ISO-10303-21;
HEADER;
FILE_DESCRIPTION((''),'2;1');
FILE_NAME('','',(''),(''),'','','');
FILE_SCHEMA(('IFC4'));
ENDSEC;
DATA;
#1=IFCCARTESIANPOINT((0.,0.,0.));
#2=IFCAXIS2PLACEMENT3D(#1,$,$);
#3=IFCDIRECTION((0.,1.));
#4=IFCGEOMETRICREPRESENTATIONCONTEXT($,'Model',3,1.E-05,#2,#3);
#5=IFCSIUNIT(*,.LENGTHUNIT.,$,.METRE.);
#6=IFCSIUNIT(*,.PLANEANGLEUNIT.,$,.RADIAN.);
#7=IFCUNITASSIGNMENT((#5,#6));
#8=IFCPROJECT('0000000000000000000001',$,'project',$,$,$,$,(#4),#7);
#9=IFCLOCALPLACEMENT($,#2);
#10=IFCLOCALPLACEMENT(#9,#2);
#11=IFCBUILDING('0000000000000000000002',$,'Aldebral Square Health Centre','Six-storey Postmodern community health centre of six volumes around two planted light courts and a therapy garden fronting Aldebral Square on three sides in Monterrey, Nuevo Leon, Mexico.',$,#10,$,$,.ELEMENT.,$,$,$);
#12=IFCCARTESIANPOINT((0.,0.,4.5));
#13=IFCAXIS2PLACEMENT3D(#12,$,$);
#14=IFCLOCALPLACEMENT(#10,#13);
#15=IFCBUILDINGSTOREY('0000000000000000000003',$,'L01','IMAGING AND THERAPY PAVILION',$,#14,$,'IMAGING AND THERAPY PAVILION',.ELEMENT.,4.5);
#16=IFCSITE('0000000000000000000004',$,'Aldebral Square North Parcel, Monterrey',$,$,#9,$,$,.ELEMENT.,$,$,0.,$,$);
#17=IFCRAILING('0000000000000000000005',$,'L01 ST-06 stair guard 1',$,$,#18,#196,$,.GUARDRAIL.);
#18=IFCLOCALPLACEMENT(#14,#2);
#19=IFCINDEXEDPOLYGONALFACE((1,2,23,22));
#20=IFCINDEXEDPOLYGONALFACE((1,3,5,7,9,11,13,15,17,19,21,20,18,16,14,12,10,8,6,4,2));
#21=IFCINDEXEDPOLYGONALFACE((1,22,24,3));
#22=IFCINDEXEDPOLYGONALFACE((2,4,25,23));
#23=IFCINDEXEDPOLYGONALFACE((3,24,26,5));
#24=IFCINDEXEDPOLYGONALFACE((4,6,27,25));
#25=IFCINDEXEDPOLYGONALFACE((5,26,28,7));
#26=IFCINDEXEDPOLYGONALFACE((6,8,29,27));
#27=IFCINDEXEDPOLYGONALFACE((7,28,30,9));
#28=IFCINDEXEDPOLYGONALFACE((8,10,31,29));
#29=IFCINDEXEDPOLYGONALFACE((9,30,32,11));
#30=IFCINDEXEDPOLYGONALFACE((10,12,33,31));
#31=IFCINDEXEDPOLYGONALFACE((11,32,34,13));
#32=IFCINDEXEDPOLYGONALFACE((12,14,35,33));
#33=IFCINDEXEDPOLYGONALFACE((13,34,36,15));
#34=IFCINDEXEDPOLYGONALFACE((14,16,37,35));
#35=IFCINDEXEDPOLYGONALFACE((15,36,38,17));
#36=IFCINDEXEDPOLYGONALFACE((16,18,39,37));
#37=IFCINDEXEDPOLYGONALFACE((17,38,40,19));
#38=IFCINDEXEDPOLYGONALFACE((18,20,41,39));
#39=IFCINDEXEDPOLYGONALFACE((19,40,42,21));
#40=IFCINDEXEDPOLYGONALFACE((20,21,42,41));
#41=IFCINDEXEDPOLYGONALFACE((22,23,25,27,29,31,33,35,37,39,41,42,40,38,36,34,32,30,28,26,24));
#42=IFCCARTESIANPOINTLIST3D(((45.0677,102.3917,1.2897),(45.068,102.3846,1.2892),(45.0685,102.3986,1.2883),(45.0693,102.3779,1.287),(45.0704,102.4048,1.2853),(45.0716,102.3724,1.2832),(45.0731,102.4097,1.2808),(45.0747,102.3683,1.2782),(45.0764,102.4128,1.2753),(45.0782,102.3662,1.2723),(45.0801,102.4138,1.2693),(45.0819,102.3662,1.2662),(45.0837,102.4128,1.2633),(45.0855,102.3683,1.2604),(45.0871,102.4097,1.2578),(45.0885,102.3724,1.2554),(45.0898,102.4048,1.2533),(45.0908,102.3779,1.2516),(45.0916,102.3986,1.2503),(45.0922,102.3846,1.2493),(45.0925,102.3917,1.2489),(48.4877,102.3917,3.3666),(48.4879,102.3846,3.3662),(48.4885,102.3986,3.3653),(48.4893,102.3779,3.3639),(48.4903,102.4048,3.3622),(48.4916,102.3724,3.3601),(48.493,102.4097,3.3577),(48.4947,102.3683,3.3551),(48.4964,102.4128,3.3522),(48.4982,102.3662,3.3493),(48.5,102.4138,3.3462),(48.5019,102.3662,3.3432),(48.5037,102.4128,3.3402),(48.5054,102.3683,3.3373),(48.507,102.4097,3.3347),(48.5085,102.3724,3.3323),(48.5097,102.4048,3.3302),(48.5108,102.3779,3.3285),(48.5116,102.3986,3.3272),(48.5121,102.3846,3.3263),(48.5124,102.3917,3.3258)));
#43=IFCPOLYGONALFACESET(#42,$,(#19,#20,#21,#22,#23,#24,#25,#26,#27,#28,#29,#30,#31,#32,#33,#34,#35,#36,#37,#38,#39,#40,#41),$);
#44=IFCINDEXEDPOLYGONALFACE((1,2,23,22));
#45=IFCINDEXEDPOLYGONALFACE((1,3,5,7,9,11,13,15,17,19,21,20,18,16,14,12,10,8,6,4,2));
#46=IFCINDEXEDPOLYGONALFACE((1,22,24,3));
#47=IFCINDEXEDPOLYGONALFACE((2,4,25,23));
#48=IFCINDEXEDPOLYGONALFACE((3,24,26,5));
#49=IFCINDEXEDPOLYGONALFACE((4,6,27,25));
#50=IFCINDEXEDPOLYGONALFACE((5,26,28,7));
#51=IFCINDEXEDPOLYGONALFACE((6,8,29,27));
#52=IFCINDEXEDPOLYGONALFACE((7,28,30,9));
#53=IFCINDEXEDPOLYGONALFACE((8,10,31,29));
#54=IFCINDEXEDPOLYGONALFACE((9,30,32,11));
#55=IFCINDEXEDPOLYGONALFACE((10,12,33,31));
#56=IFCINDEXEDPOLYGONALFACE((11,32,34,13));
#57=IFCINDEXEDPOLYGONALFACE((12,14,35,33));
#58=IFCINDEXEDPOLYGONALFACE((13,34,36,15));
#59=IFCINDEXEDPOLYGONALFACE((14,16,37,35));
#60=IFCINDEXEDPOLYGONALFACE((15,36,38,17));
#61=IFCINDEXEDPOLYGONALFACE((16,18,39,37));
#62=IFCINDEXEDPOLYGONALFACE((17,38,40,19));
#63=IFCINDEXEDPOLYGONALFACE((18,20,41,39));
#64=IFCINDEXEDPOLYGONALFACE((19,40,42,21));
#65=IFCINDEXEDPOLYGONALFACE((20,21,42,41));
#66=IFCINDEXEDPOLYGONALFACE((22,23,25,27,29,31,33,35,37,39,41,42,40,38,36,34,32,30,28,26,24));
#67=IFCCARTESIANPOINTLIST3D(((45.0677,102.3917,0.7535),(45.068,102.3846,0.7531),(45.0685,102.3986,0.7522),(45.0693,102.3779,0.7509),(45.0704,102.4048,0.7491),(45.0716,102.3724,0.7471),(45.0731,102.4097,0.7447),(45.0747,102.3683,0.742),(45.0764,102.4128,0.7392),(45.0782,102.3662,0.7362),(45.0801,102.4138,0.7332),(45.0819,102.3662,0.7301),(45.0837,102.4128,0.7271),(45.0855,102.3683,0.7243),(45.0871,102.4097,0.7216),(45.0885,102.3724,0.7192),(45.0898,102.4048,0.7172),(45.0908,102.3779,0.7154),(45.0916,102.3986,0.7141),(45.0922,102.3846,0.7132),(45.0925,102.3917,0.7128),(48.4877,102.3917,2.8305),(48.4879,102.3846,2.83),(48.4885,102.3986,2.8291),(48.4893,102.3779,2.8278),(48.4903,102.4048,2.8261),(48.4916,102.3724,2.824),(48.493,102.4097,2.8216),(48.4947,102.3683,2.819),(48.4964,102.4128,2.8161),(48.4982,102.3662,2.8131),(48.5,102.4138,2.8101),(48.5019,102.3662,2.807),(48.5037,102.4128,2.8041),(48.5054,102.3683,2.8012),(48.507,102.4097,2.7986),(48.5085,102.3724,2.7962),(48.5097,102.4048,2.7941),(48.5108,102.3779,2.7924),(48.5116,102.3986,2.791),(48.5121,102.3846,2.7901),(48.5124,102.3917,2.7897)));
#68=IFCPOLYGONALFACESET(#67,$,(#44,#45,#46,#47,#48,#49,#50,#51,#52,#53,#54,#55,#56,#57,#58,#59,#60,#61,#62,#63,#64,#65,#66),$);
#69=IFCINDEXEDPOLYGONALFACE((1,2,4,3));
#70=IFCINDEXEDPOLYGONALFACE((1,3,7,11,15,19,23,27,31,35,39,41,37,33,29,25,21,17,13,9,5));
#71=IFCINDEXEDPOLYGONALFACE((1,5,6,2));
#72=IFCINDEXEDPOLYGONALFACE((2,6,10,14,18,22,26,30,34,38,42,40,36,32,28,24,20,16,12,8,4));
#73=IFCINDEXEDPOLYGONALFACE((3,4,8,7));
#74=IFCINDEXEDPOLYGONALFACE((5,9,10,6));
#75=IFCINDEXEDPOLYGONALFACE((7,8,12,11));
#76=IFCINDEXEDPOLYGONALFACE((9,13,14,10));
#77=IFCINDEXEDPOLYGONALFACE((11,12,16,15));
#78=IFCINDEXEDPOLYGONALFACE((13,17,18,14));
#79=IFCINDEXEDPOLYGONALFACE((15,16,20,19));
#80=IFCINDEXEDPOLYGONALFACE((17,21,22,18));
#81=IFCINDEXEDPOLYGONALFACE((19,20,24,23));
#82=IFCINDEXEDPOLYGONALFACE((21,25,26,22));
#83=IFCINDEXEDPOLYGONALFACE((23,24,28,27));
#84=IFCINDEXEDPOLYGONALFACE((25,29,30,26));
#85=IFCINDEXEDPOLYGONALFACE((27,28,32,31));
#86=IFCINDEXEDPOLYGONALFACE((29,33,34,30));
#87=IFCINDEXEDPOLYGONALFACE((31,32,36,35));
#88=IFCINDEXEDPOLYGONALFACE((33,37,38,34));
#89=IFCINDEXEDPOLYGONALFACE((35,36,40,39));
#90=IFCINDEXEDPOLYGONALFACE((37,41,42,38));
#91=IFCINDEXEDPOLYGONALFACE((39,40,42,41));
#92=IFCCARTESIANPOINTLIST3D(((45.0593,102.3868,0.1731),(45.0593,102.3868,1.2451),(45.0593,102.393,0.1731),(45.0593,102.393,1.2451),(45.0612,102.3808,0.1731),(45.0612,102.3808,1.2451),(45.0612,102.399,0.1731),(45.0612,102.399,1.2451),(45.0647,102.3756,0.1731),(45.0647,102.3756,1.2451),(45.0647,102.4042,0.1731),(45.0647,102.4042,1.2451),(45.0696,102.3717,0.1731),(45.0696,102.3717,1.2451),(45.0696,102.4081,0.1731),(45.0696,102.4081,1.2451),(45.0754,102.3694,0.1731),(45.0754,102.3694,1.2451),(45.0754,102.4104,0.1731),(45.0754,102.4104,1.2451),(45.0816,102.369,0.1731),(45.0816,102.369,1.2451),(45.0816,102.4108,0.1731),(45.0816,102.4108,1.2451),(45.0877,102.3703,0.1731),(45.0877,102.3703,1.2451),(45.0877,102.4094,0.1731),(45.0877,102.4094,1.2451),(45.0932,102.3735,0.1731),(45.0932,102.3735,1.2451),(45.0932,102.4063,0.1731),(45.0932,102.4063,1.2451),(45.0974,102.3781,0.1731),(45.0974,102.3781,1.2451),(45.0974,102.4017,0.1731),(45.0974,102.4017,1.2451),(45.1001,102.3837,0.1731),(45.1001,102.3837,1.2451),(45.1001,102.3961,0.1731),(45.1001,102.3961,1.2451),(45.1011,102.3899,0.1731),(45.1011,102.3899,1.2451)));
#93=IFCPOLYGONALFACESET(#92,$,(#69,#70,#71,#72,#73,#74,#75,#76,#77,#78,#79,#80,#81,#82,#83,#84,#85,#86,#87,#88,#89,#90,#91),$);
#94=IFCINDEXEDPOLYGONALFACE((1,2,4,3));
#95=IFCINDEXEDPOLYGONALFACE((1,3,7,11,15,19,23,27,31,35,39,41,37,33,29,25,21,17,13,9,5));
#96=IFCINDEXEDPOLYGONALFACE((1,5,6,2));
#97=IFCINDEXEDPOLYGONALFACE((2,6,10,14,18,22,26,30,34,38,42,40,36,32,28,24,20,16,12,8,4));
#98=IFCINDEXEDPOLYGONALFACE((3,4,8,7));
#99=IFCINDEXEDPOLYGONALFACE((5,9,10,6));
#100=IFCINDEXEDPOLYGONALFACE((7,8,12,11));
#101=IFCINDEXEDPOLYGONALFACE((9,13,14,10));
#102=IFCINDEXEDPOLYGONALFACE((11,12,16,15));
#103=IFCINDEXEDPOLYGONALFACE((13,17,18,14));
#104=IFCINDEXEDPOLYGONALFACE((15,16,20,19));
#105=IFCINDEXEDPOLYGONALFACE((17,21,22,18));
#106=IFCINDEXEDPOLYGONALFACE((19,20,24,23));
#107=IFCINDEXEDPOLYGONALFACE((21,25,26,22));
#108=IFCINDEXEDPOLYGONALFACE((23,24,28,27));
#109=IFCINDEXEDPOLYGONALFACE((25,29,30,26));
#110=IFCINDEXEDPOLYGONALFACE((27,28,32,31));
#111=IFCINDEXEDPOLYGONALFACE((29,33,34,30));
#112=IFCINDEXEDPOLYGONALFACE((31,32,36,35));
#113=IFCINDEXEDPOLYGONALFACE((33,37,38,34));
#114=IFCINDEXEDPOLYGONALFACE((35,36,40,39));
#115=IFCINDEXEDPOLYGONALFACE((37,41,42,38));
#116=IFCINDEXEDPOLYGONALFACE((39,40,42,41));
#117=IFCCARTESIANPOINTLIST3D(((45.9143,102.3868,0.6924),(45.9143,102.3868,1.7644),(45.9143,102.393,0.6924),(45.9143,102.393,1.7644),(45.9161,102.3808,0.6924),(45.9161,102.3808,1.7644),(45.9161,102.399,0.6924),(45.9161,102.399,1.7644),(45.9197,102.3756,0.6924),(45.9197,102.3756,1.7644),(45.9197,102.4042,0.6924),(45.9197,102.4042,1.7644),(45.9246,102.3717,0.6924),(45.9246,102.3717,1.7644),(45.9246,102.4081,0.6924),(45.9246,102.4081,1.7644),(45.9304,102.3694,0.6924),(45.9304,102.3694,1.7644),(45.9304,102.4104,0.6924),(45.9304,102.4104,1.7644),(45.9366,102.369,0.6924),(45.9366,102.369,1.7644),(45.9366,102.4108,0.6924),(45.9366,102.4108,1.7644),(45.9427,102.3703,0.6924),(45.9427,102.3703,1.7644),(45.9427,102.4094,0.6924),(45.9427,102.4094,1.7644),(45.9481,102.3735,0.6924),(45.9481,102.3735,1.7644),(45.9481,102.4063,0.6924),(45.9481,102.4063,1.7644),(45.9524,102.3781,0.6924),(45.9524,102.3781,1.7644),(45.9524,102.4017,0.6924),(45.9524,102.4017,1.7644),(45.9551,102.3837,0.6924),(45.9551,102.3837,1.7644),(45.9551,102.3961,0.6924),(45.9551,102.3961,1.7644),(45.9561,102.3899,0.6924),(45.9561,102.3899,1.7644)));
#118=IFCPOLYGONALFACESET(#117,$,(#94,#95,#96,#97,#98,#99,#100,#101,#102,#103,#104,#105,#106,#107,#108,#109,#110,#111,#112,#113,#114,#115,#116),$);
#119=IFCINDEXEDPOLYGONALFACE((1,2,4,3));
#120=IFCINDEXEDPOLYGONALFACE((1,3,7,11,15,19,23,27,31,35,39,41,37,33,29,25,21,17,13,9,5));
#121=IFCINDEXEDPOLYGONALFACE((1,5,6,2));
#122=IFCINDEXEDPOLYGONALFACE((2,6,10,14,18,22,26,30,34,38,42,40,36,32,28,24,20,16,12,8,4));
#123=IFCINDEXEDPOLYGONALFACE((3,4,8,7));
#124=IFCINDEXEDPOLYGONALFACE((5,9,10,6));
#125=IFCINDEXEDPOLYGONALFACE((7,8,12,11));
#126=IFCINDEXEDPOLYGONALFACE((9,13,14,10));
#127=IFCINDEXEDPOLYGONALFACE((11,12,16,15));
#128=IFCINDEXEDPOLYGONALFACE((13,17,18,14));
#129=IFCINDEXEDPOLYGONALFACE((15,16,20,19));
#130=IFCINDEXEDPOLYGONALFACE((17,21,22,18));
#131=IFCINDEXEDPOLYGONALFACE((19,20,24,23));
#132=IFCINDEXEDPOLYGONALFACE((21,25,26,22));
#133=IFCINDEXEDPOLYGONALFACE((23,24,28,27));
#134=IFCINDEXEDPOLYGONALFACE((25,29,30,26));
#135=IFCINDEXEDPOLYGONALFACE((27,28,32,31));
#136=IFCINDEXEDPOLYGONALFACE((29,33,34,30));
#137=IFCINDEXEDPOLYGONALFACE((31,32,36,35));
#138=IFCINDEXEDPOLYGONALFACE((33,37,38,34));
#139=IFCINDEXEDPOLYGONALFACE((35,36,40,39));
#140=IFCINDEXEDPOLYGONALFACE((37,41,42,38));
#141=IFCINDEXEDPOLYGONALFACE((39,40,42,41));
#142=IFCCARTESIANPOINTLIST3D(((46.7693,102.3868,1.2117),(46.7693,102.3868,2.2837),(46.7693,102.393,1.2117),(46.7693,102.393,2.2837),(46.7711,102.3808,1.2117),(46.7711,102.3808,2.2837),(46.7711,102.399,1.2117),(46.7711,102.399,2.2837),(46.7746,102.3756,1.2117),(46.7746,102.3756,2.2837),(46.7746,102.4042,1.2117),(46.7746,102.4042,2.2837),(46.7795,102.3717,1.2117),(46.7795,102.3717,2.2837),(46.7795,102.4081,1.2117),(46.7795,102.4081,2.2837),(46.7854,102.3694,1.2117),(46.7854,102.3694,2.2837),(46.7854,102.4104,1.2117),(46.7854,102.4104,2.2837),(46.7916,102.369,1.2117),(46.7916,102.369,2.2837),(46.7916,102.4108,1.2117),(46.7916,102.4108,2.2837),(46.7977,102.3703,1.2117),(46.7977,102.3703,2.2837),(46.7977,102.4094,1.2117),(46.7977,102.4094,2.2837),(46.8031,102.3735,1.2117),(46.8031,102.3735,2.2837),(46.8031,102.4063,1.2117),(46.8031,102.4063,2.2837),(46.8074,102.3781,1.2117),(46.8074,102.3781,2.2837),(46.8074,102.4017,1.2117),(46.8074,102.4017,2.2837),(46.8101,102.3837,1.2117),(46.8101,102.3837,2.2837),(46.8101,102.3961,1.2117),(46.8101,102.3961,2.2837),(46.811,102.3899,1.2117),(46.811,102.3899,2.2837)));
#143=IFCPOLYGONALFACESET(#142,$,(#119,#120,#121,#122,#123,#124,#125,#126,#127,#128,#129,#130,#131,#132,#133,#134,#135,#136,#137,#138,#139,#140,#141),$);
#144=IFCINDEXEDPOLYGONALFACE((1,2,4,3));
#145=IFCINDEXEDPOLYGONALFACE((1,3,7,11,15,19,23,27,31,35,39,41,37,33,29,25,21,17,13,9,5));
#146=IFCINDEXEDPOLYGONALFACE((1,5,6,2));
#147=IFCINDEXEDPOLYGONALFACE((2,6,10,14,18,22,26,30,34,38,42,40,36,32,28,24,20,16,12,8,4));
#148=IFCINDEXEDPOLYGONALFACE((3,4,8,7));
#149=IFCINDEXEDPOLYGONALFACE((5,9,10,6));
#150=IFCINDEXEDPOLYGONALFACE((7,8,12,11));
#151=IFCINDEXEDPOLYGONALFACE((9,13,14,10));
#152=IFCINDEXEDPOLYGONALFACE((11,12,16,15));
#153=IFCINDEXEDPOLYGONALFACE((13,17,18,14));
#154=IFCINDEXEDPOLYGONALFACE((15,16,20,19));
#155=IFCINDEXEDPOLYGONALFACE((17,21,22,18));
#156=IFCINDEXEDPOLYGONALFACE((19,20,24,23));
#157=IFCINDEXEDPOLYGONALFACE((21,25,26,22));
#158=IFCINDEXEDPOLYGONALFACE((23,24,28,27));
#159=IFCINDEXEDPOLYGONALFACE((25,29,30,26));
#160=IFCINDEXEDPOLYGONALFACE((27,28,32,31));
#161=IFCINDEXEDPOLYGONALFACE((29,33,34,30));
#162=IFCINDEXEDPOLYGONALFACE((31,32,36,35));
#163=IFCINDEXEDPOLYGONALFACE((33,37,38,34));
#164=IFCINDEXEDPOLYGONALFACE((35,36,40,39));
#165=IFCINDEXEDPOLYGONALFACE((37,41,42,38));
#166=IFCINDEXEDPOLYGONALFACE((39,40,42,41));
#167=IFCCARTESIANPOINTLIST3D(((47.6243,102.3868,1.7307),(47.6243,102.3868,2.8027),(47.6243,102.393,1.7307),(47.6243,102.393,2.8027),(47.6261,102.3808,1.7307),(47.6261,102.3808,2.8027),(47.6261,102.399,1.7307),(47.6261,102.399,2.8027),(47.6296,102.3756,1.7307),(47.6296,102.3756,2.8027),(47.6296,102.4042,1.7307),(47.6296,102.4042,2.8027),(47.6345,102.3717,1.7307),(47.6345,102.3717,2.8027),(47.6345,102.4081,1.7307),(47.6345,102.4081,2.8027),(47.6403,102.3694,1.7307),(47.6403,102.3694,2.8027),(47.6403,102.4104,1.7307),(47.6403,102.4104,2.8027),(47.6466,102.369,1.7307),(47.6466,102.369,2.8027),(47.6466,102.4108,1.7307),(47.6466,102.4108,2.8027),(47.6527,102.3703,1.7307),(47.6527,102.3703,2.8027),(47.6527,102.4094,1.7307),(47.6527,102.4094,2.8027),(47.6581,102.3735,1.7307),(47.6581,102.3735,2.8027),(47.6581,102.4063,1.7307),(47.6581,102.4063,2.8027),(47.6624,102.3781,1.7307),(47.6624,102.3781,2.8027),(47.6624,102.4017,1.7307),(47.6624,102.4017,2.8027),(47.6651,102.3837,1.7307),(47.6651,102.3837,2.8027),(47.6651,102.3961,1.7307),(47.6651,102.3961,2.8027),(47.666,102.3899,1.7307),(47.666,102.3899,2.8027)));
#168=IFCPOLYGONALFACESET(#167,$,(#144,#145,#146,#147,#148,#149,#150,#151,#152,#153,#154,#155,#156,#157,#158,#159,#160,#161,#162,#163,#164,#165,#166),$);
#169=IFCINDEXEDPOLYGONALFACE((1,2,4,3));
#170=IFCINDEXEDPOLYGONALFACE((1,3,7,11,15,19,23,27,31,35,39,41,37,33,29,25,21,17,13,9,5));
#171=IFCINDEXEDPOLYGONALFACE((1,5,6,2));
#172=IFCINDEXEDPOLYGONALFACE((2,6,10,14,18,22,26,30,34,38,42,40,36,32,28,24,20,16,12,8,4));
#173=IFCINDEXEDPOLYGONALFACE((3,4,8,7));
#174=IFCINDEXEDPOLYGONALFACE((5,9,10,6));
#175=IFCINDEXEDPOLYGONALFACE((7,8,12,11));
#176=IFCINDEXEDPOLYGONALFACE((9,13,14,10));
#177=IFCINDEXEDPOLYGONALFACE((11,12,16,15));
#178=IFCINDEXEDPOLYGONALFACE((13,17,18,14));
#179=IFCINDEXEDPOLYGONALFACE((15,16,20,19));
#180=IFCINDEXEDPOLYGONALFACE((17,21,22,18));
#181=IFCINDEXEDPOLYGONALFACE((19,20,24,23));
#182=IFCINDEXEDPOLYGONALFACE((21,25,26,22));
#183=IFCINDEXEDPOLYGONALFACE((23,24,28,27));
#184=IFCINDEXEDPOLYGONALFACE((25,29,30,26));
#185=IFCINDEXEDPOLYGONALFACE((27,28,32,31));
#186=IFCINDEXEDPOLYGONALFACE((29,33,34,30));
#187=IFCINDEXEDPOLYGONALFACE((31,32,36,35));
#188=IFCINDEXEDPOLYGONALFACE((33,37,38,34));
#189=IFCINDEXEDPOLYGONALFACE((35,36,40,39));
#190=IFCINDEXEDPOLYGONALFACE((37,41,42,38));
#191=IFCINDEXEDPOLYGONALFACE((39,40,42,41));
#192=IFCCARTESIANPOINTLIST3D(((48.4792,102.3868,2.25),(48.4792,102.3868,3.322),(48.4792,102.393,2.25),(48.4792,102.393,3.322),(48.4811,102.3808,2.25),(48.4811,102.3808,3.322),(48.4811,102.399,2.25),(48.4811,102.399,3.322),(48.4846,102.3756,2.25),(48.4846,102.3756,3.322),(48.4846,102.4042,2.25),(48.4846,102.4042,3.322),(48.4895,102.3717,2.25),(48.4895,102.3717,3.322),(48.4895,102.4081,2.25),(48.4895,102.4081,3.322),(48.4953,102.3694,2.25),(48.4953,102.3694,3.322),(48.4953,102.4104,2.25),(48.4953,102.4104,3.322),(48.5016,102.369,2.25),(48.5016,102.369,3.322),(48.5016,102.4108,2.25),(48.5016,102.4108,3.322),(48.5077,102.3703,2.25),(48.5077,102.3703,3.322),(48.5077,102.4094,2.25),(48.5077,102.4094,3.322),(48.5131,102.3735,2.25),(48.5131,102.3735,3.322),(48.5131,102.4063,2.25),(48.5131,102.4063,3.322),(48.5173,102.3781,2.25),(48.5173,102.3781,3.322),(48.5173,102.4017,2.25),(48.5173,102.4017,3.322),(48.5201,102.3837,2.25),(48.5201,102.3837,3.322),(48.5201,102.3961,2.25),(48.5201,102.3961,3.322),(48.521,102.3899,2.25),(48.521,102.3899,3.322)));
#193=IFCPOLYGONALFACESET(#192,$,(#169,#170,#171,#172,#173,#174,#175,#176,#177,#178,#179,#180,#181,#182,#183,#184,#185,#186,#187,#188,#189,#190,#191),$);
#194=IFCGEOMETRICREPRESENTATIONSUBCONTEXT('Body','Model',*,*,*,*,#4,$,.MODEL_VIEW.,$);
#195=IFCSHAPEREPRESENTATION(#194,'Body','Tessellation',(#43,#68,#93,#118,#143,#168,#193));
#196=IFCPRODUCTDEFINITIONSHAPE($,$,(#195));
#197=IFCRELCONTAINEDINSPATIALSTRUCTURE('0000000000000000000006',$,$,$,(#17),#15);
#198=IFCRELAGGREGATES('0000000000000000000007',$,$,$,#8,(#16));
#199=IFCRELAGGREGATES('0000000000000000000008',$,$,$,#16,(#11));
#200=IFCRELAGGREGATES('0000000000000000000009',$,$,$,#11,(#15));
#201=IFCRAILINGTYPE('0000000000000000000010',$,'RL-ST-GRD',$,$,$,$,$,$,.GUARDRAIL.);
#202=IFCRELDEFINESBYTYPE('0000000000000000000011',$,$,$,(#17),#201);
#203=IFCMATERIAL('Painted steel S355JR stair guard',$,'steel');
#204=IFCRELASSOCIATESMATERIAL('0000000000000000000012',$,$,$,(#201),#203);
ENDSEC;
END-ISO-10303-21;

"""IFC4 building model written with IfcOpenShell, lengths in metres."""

from ifc_helpers import new_model, si_unit, direction, frame, origin, origin_2d, place, context, subcontext, project, spatial, circle, extrude, material, type_object, element, save


model = new_model("IFC4")

# Units and contexts
model_context = context("Model", 3, precision=1e-05, world=origin(), true_north=direction((0.0, 1.0)))
body_context = subcontext(model_context, "Body", "Model", "MODEL_VIEW")
ifc_project = project(units=[si_unit("LENGTHUNIT", "METRE"), si_unit("PLANEANGLEUNIT", "RADIAN")], contexts=[model_context])

# Site, building, storey
site_placement = place(None, origin())
site = spatial("IfcSite", under=ifc_project, at=site_placement, Name="Aldebral Square North Parcel, Monterrey", CompositionType="ELEMENT", RefElevation=0.0)
building_placement = place(site_placement, origin())
building = spatial("IfcBuilding", under=site, at=building_placement, Name="Aldebral Square Health Centre", Description="Six-storey Postmodern community health centre of six volumes around two planted light courts and a therapy garden fronting Aldebral Square on three sides in Monterrey, Nuevo Leon, Mexico.", CompositionType="ELEMENT")
storey_placement = place(building_placement, frame((0.0, 0.0, 4.5)))
storey = spatial("IfcBuildingStorey", under=building, at=storey_placement, Name="L01", Description="IMAGING AND THERAPY PAVILION", LongName="IMAGING AND THERAPY PAVILION", CompositionType="ELEMENT", Elevation=4.5)

# Railing
ifc_material_1 = material(Name="Painted steel S355JR stair guard", Category="steel")
railing_type_1 = type_object("IfcRailingType", Name="RL-ST-GRD", PredefinedType="GUARDRAIL", material=ifc_material_1)
railing_1_placement = place(storey_placement, frame((45.0801, 102.3899, 0.1731)))
element("IfcRailing", 1, at=railing_1_placement, inside=storey, type_object=railing_type_1, Name="L01 ST-06 stair guard 1", PredefinedType="GUARDRAIL", context=body_context, shape_type="SweptSolid", body=[
    extrude(circle(Radius=0.0239, at=origin_2d()), frame((0.0, 0.0, 1.0962), z_axis=(0.85473, 0.0, 0.519074), x_axis=(0.0, 1.0, 0.0)), (0.0, 0.0, 1.0), 4.0012),
    extrude(circle(Radius=0.0239, at=origin_2d()), frame((0.0, 0.0, 0.5601), z_axis=(0.85473, 0.0, 0.519074), x_axis=(0.0, 1.0, 0.0)), (0.0, 0.0, 1.0), 4.0012),
    extrude(circle(Radius=0.021, at=origin_2d()), origin(), (0.0, 0.0, 1.0), 1.072),
    extrude(circle(Radius=0.021, at=origin_2d()), frame((0.855, 0.0, 0.5193)), (0.0, 0.0, 1.0), 1.072),
    extrude(circle(Radius=0.021, at=origin_2d()), frame((1.71, 0.0, 1.0386)), (0.0, 0.0, 1.0), 1.072),
    extrude(circle(Radius=0.021, at=origin_2d()), frame((2.5649, 0.0, 1.5576)), (0.0, 0.0, 1.0), 1.072),
    extrude(circle(Radius=0.021, at=origin_2d()), frame((3.4199, 0.0, 2.0769)), (0.0, 0.0, 1.0), 1.072),
])

save(model, "model.ifc")
